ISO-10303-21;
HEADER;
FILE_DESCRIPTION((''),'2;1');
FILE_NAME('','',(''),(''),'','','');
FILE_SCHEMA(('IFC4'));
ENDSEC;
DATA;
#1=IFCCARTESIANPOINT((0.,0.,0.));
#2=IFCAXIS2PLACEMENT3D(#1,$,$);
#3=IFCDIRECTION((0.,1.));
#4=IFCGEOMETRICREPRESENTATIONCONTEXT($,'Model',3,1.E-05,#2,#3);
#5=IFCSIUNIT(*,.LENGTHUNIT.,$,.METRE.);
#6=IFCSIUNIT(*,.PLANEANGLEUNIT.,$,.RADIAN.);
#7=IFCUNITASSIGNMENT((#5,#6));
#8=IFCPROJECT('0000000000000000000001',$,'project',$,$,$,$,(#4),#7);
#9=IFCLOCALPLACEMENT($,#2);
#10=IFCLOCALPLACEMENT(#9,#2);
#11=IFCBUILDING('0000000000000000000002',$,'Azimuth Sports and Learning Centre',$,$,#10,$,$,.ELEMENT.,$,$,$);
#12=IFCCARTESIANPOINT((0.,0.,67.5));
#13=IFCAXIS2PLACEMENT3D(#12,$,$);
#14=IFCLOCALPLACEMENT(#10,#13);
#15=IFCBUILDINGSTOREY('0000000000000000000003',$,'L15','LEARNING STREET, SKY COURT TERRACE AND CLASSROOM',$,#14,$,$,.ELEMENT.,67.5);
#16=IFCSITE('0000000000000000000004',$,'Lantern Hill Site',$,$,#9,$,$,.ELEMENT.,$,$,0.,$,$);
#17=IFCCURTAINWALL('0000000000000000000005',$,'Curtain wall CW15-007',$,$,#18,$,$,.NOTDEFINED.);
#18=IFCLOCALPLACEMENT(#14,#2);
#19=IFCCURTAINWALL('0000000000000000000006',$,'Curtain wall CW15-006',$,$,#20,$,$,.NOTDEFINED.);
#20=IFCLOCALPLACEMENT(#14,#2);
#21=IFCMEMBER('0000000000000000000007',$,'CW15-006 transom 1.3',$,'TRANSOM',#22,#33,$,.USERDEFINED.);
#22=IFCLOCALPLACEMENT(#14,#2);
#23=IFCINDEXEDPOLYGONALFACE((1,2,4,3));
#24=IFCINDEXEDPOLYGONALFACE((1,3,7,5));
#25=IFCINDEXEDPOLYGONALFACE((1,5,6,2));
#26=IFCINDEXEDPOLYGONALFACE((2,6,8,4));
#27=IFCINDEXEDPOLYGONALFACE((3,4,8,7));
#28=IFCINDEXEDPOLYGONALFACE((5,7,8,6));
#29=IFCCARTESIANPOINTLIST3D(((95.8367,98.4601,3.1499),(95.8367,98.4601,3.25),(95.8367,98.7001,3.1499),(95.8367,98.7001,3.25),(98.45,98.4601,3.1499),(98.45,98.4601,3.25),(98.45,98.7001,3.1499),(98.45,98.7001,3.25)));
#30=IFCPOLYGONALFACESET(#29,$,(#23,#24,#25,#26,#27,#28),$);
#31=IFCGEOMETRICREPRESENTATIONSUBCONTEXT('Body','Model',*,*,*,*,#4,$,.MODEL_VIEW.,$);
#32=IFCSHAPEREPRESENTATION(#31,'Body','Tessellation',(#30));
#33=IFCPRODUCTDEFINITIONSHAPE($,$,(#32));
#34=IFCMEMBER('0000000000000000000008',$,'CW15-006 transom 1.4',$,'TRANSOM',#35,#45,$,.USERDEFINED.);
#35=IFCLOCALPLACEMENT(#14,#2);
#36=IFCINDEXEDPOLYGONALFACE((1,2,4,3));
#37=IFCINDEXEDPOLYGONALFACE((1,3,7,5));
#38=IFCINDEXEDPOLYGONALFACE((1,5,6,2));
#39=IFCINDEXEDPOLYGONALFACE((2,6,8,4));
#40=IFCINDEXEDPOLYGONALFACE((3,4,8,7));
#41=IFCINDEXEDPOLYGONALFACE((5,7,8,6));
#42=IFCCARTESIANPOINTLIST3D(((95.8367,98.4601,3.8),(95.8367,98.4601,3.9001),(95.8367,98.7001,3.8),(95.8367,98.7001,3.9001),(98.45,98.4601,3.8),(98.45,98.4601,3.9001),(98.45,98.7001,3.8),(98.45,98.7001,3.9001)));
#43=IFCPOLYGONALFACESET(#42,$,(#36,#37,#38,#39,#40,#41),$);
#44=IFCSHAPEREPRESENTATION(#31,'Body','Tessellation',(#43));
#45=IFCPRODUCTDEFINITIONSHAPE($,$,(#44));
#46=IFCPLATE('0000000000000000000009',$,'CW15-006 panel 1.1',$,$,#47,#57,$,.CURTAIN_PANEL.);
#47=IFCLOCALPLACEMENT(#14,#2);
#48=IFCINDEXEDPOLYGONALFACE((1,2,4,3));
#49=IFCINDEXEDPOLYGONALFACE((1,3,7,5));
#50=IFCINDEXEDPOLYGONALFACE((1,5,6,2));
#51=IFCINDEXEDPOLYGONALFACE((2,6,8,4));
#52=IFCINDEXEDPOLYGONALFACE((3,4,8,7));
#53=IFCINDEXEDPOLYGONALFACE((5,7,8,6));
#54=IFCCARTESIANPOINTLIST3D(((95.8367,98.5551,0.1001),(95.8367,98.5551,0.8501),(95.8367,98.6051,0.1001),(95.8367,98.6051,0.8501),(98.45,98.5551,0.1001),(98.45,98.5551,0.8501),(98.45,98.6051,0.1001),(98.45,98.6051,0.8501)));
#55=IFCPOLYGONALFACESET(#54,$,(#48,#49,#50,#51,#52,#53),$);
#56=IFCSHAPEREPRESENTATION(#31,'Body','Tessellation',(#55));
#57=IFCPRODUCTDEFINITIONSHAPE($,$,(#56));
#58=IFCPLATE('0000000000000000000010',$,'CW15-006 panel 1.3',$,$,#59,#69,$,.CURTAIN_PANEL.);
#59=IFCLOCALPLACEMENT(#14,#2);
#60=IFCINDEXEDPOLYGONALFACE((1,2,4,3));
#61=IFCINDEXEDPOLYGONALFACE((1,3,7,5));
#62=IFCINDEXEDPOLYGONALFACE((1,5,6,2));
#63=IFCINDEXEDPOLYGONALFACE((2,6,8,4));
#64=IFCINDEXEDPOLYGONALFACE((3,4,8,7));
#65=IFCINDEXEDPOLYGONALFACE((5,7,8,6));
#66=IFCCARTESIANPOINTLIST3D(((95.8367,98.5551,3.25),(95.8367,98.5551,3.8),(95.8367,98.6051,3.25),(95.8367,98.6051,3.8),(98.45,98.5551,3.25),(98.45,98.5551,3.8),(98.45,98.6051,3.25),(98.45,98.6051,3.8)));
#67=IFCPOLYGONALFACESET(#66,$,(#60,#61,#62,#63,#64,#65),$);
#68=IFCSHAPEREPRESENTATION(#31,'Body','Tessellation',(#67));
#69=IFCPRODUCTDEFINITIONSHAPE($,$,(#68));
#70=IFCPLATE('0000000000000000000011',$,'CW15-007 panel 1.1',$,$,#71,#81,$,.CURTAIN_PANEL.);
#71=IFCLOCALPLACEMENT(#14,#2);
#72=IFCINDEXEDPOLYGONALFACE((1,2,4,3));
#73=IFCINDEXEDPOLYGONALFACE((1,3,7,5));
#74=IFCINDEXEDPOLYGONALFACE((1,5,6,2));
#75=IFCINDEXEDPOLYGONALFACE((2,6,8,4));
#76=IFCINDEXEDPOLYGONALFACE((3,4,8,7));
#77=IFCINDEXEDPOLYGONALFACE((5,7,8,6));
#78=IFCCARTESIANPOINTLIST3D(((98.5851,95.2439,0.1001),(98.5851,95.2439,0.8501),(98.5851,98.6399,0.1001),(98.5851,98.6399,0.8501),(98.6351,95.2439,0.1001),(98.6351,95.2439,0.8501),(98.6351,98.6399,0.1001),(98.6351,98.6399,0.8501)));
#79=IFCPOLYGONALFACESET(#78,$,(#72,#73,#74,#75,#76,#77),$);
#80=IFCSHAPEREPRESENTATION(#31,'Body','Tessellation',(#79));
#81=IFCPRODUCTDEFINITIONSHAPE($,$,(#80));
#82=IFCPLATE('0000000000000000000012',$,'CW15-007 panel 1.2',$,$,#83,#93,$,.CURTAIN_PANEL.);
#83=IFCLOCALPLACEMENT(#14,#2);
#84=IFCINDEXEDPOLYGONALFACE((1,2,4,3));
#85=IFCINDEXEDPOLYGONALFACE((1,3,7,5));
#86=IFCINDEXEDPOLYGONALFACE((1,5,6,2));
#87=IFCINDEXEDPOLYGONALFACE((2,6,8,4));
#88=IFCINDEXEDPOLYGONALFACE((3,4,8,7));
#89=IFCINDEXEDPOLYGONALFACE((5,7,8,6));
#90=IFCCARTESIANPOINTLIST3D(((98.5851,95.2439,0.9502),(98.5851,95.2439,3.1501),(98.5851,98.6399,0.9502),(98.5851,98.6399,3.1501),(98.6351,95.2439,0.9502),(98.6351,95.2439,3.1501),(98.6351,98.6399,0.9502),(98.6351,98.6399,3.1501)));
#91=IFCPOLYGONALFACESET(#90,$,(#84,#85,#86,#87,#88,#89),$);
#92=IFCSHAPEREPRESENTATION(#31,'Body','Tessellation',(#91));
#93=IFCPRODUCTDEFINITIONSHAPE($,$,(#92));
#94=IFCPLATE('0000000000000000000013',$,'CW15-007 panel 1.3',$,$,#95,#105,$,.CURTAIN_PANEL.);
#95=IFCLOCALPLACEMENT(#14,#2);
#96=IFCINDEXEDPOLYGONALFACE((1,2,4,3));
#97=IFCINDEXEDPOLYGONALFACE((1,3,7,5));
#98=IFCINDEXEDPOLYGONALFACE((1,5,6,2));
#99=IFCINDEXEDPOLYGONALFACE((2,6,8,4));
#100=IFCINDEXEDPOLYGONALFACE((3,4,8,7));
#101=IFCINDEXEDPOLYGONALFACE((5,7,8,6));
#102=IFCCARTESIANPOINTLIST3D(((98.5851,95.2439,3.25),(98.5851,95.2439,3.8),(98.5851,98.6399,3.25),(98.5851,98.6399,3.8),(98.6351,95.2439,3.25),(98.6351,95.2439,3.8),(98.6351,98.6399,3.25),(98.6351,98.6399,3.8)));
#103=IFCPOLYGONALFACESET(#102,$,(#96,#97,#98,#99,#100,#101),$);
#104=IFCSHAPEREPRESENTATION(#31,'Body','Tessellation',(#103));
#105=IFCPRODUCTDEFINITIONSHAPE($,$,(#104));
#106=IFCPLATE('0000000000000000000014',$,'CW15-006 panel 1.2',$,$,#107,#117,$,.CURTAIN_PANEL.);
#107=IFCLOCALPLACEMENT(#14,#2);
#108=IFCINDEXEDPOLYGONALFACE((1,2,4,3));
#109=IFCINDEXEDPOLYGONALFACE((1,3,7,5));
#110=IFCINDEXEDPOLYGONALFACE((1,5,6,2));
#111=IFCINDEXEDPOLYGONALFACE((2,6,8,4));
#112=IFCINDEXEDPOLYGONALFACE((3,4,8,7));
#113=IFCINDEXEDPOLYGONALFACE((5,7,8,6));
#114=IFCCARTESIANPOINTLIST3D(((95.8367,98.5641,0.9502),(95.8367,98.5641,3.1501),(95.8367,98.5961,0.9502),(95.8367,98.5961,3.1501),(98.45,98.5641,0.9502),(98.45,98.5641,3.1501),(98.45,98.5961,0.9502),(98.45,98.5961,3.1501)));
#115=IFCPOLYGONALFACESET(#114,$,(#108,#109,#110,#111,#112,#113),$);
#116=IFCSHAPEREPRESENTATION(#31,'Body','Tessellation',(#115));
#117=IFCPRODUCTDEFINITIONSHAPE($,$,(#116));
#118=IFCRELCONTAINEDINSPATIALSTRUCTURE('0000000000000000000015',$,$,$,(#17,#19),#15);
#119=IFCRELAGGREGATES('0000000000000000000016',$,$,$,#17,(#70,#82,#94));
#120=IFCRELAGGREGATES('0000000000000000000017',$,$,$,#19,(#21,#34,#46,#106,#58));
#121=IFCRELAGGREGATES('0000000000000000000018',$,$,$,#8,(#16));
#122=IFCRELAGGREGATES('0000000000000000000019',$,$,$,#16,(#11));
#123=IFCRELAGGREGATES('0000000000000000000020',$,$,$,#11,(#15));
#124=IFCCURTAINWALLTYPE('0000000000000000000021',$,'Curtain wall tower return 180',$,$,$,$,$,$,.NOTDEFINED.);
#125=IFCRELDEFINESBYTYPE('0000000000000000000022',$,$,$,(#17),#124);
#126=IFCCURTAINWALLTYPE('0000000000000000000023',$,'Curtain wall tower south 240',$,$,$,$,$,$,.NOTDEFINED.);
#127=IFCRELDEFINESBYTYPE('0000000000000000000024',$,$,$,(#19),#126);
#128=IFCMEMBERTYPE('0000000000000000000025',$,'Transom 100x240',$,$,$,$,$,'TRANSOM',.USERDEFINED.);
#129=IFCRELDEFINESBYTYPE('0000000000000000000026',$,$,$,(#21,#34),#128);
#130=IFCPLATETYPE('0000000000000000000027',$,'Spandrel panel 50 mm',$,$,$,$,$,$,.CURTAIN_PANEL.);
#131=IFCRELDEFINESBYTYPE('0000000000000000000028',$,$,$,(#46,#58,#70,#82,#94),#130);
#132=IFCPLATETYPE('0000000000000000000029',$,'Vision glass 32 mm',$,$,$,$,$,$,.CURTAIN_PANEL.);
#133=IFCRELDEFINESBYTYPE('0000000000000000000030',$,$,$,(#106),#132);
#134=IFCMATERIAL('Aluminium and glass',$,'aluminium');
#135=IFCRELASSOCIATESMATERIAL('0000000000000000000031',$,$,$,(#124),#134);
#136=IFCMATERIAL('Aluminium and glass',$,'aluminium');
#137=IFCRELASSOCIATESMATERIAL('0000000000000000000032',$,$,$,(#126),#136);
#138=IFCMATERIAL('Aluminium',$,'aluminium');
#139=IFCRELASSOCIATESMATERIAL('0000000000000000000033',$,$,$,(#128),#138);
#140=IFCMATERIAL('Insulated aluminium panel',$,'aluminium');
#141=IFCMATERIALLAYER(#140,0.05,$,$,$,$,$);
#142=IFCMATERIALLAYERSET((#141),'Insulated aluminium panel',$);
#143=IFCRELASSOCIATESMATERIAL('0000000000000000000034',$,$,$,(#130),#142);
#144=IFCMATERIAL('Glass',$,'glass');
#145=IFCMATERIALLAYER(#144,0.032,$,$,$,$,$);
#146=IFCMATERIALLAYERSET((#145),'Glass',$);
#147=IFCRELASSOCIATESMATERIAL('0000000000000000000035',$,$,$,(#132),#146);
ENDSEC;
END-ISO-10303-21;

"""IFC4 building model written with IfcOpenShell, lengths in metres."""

from ifc_helpers import new_model, si_unit, direction, frame, origin, origin_2d, place, context, subcontext, project, spatial, rectangle, extrude, material, layer, layer_set, material_profile, profile_set, type_object, element, aggregate, save


model = new_model("IFC4")

# Units and contexts
model_context = context("Model", 3, precision=1e-05, world=origin(), true_north=direction((0.0, 1.0)))
body_context = subcontext(model_context, "Body", "Model", "MODEL_VIEW")
ifc_project = project(units=[si_unit("LENGTHUNIT", "METRE"), si_unit("PLANEANGLEUNIT", "RADIAN")], contexts=[model_context])

# Site, building, storey
site_placement = place(None, origin())
site = spatial("IfcSite", under=ifc_project, at=site_placement, Name="Lantern Hill Site", CompositionType="ELEMENT", RefElevation=0.0)
building_placement = place(site_placement, origin())
building = spatial("IfcBuilding", under=site, at=building_placement, Name="Azimuth Sports and Learning Centre", CompositionType="ELEMENT")
storey_placement = place(building_placement, frame((0.0, 0.0, 67.5)))
storey = spatial("IfcBuildingStorey", under=building, at=storey_placement, Name="L15", Description="LEARNING STREET, SKY COURT TERRACE AND CLASSROOM", CompositionType="ELEMENT", Elevation=67.5)

# Curtain walls
ifc_material_1 = material(Name="Aluminium and glass", Category="aluminium")
curtain_wall_type_1 = type_object("IfcCurtainWallType", Name="Curtain wall tower return 180", PredefinedType="NOTDEFINED", material=ifc_material_1)
curtain_wall_1_placement = place(storey_placement, origin())
curtain_wall_1 = element("IfcCurtainWall", 1, at=curtain_wall_1_placement, inside=storey, type_object=curtain_wall_type_1, Name="Curtain wall CW15-007", PredefinedType="NOTDEFINED")
ifc_material_2 = material(Name="Aluminium and glass", Category="aluminium")
curtain_wall_type_2 = type_object("IfcCurtainWallType", Name="Curtain wall tower south 240", PredefinedType="NOTDEFINED", material=ifc_material_2)
curtain_wall_2_placement = place(storey_placement, origin())
curtain_wall_2 = element("IfcCurtainWall", 2, at=curtain_wall_2_placement, inside=storey, type_object=curtain_wall_type_2, Name="Curtain wall CW15-006", PredefinedType="NOTDEFINED")

# Members
ifc_material_3 = material(Name="Aluminium", Category="aluminium")
ifc_material_profile_1 = material_profile(ifc_material_3, rectangle(XDim=0.24, YDim=0.1001, at=origin_2d()), Name="Transom 100x240")
ifc_profile_set_1 = profile_set([ifc_material_profile_1], Name="Aluminium")
member_type_1 = type_object("IfcMemberType", Name="Transom 100x240", ElementType="TRANSOM", PredefinedType="USERDEFINED", material=ifc_profile_set_1)
member_1_placement = place(storey_placement, frame((95.8367, 98.5801, 3.2), z_axis=(1.0, 0.0, 0.0), x_axis=(0.0, 1.0, 0.0)))
member_1 = element("IfcMember", 3, at=member_1_placement, type_object=member_type_1, Name="CW15-006 transom 1.3", ObjectType="TRANSOM", PredefinedType="USERDEFINED", context=body_context, shape_type="SweptSolid", body=[
    extrude(rectangle(XDim=0.24, YDim=0.1001, at=origin_2d()), origin(), (0.0, 0.0, 1.0), 2.6133),
])
member_2_placement = place(storey_placement, frame((95.8367, 98.5801, 3.8501), z_axis=(1.0, 0.0, 0.0), x_axis=(0.0, 1.0, 0.0)))
member_2 = element("IfcMember", 4, at=member_2_placement, type_object=member_type_1, Name="CW15-006 transom 1.4", ObjectType="TRANSOM", PredefinedType="USERDEFINED", context=body_context, shape_type="SweptSolid", body=[
    extrude(rectangle(XDim=0.24, YDim=0.1001, at=origin_2d()), origin(), (0.0, 0.0, 1.0), 2.6133),
])

# Plates
ifc_material_4 = material(Name="Insulated aluminium panel", Category="aluminium")
ifc_layer_1 = layer(ifc_material_4, 0.05)
ifc_layer_set_1 = layer_set([ifc_layer_1], Name="Insulated aluminium panel")
plate_type_1 = type_object("IfcPlateType", Name="Spandrel panel 50 mm", PredefinedType="CURTAIN_PANEL", material=ifc_layer_set_1)
plate_1_placement = place(storey_placement, frame((97.1433, 98.5801, 0.1001), z_axis=(0.0, 0.0, 1.0), x_axis=(1.0, 0.0, 0.0)))
plate_1 = element("IfcPlate", 5, at=plate_1_placement, type_object=plate_type_1, Name="CW15-006 panel 1.1", PredefinedType="CURTAIN_PANEL", context=body_context, shape_type="SweptSolid", body=[
    extrude(rectangle(XDim=2.6133, YDim=0.05, at=origin_2d()), origin(), (0.0, 0.0, 1.0), 0.75),
])
plate_2_placement = place(storey_placement, frame((97.1433, 98.5801, 3.25), z_axis=(0.0, 0.0, 1.0), x_axis=(1.0, 0.0, 0.0)))
plate_2 = element("IfcPlate", 6, at=plate_2_placement, type_object=plate_type_1, Name="CW15-006 panel 1.3", PredefinedType="CURTAIN_PANEL", context=body_context, shape_type="SweptSolid", body=[
    extrude(rectangle(XDim=2.6133, YDim=0.05, at=origin_2d()), origin(), (0.0, 0.0, 1.0), 0.55),
])
plate_3_placement = place(storey_placement, frame((98.6101, 96.9419, 0.1001), z_axis=(0.0, 0.0, 1.0), x_axis=(0.0, -1.0, 0.0)))
plate_3 = element("IfcPlate", 7, at=plate_3_placement, type_object=plate_type_1, Name="CW15-007 panel 1.1", PredefinedType="CURTAIN_PANEL", context=body_context, shape_type="SweptSolid", body=[
    extrude(rectangle(XDim=3.396, YDim=0.05, at=origin_2d()), origin(), (0.0, 0.0, 1.0), 0.75),
])
plate_4_placement = place(storey_placement, frame((98.6101, 96.9419, 0.9502), z_axis=(0.0, 0.0, 1.0), x_axis=(0.0, -1.0, 0.0)))
plate_4 = element("IfcPlate", 8, at=plate_4_placement, type_object=plate_type_1, Name="CW15-007 panel 1.2", PredefinedType="CURTAIN_PANEL", context=body_context, shape_type="SweptSolid", body=[
    extrude(rectangle(XDim=3.396, YDim=0.05, at=origin_2d()), origin(), (0.0, 0.0, 1.0), 2.2),
])
plate_5_placement = place(storey_placement, frame((98.6101, 96.9419, 3.25), z_axis=(0.0, 0.0, 1.0), x_axis=(0.0, -1.0, 0.0)))
plate_5 = element("IfcPlate", 9, at=plate_5_placement, type_object=plate_type_1, Name="CW15-007 panel 1.3", PredefinedType="CURTAIN_PANEL", context=body_context, shape_type="SweptSolid", body=[
    extrude(rectangle(XDim=3.396, YDim=0.05, at=origin_2d()), origin(), (0.0, 0.0, 1.0), 0.55),
])
aggregate(curtain_wall_1, [plate_3, plate_4, plate_5])
ifc_material_5 = material(Name="Glass", Category="glass")
ifc_layer_2 = layer(ifc_material_5, 0.032)
ifc_layer_set_2 = layer_set([ifc_layer_2], Name="Glass")
plate_type_2 = type_object("IfcPlateType", Name="Vision glass 32 mm", PredefinedType="CURTAIN_PANEL", material=ifc_layer_set_2)
plate_6_placement = place(storey_placement, frame((97.1433, 98.5801, 0.9502), z_axis=(0.0, 0.0, 1.0), x_axis=(1.0, 0.0, 0.0)))
plate_6 = element("IfcPlate", 10, at=plate_6_placement, type_object=plate_type_2, Name="CW15-006 panel 1.2", PredefinedType="CURTAIN_PANEL", context=body_context, shape_type="SweptSolid", body=[
    extrude(rectangle(XDim=2.6133, YDim=0.032, at=origin_2d()), origin(), (0.0, 0.0, 1.0), 2.2),
])
aggregate(curtain_wall_2, [member_1, member_2, plate_1, plate_6, plate_2])

save(model, "model.ifc")
